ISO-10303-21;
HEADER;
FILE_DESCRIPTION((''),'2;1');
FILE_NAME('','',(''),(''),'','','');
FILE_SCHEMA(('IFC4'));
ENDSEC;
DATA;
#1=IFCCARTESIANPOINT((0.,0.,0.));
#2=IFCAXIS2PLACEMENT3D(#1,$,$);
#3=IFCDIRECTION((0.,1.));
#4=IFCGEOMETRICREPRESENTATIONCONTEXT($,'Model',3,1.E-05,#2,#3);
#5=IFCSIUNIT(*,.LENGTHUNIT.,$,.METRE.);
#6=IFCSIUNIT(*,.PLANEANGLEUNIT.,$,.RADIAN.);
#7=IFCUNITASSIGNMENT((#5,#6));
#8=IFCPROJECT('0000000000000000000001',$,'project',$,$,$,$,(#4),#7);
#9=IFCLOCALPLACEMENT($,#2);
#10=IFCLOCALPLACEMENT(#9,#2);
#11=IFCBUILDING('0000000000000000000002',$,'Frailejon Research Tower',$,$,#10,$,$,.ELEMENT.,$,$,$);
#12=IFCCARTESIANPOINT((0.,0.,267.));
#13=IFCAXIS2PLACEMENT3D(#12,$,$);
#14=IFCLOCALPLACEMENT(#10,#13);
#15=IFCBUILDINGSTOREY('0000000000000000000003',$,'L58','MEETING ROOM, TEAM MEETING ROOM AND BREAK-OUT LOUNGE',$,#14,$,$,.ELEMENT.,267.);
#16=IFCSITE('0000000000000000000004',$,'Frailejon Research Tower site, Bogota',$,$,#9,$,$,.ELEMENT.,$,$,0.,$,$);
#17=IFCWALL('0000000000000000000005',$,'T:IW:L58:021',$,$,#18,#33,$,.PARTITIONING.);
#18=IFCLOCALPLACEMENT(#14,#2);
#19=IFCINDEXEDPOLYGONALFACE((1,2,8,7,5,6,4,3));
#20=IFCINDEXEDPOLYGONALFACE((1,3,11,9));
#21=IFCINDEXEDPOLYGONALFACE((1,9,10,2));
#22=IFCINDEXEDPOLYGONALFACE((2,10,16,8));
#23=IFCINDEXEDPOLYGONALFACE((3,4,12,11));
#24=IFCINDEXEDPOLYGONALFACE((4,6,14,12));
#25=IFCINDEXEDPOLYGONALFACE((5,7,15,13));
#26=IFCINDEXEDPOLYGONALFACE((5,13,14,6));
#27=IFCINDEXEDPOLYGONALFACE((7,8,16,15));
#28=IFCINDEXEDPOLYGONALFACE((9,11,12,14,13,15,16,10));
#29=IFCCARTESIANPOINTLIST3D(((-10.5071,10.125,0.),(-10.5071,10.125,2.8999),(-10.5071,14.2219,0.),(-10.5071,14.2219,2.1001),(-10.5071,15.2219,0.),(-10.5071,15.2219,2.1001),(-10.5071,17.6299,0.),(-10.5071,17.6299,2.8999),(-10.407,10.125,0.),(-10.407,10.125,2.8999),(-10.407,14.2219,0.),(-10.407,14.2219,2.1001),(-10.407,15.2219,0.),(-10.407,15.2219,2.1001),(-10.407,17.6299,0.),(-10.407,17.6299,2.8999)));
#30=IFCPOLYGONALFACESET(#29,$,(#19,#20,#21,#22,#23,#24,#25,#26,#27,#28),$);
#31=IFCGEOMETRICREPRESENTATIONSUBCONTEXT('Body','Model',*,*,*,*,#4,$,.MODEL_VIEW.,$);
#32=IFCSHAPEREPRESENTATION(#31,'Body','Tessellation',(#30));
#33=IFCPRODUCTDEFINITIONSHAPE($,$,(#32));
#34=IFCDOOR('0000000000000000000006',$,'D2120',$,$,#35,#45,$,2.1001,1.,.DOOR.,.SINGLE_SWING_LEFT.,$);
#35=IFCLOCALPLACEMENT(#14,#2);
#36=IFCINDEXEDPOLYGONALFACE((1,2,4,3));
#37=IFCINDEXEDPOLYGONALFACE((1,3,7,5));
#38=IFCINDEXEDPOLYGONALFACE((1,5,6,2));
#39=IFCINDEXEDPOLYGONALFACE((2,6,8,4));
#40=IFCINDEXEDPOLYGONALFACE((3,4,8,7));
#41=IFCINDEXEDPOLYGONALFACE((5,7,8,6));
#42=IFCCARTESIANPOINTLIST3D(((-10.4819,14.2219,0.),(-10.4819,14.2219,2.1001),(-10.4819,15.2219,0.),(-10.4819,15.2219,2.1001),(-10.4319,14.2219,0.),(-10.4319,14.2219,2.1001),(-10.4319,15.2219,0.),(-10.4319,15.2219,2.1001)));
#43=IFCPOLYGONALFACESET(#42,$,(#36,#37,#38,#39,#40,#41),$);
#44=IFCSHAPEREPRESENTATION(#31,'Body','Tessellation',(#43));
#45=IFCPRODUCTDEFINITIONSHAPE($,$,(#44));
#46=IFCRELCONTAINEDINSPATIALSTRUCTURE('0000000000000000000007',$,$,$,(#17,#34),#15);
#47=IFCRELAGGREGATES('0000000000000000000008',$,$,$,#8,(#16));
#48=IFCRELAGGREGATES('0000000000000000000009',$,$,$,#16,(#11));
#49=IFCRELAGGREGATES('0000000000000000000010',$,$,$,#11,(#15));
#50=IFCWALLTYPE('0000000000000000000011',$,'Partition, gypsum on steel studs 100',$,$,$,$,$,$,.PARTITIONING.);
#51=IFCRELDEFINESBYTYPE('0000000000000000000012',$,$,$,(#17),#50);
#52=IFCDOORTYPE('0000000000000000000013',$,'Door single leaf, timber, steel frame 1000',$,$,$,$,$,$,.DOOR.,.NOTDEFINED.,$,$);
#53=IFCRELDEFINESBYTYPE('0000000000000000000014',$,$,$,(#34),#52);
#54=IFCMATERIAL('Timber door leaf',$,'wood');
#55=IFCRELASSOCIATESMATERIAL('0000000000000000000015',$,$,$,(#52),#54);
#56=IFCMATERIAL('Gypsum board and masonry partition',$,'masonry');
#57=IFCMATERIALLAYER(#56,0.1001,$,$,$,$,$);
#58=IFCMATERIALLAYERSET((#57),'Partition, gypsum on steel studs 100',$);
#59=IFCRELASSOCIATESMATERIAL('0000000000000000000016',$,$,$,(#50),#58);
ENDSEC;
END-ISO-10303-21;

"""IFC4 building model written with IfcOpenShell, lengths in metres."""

from ifc_helpers import new_model, si_unit, direction, frame, frame_2d, origin, place, context, subcontext, project, spatial, rectangle, extrude, material, layer, layer_set, type_object, element, fill, save


model = new_model("IFC4")

# Units and contexts
model_context = context("Model", 3, precision=1e-05, world=origin(), true_north=direction((0.0, 1.0)))
body_context = subcontext(model_context, "Body", "Model", "MODEL_VIEW")
ifc_project = project(units=[si_unit("LENGTHUNIT", "METRE"), si_unit("PLANEANGLEUNIT", "RADIAN")], contexts=[model_context])

# Site, building, storey
site_placement = place(None, origin())
site = spatial("IfcSite", under=ifc_project, at=site_placement, Name="Frailejon Research Tower site, Bogota", CompositionType="ELEMENT", RefElevation=0.0)
building_placement = place(site_placement, origin())
building = spatial("IfcBuilding", under=site, at=building_placement, Name="Frailejon Research Tower", CompositionType="ELEMENT")
storey_placement = place(building_placement, frame((0.0, 0.0, 267.0)))
storey = spatial("IfcBuildingStorey", under=building, at=storey_placement, Name="L58", Description="MEETING ROOM, TEAM MEETING ROOM AND BREAK-OUT LOUNGE", CompositionType="ELEMENT", Elevation=267.0)

# Shared definitions
ifc_material_1 = material(Name="Timber door leaf", Category="wood")
door_type_1 = type_object("IfcDoorType", Name="Door single leaf, timber, steel frame 1000", OperationType="NOTDEFINED", PredefinedType="DOOR", material=ifc_material_1)

# Shared definitions
ifc_material_2 = material(Name="Gypsum board and masonry partition", Category="masonry")
ifc_layer_1 = layer(ifc_material_2, 0.1001)
ifc_layer_set_1 = layer_set([ifc_layer_1], Name="Partition, gypsum on steel studs 100")
wall_type_1 = type_object("IfcWallType", Name="Partition, gypsum on steel studs 100", PredefinedType="PARTITIONING", material=ifc_layer_set_1)

# Wall, opening, door
wall_1_placement = place(storey_placement, frame((-10.457, 10.125, 0.0), z_axis=(0.0, 0.0, 1.0), x_axis=(0.0, 1.0, 0.0)))
wall_1 = element("IfcWall", 1, at=wall_1_placement, inside=storey, type_object=wall_type_1, Name="T:IW:L58:021", PredefinedType="PARTITIONING", context=body_context, shape_type="SweptSolid", body=[
    extrude(rectangle(XDim=7.5049, YDim=0.1001, at=frame_2d((3.7524, 0.0))), origin(), (0.0, 0.0, 1.0), 2.8999),
])
opening_1_placement = place(wall_1_placement, frame((4.0969, 0.0, 0.0)))
opening_1 = element("IfcOpeningElement", 2, at=opening_1_placement, cuts=wall_1, PredefinedType="OPENING", context=body_context, shape_type="SweptSolid", body=[
    extrude(rectangle(XDim=1.0, YDim=2.1001, at=frame_2d((0.5, 1.05))), frame((0.0, 0.0601, 0.0), z_axis=(0.0, -1.0, 0.0), x_axis=(1.0, 0.0, 0.0)), (0.0, 0.0, 1.0), 0.1201),
])
door_1_placement = place(opening_1_placement, origin())
door_1 = element("IfcDoor", 3, at=door_1_placement, inside=storey, type_object=door_type_1, Name="D2120", OperationType="SINGLE_SWING_LEFT", OverallHeight=2.1001, OverallWidth=1.0, PredefinedType="DOOR", context=body_context, shape_type="SweptSolid", body=[
    extrude(rectangle(XDim=1.0, YDim=2.1001, at=frame_2d((0.5, 1.05))), frame((0.0, 0.0249, 0.0), z_axis=(0.0, -1.0, 0.0), x_axis=(1.0, 0.0, 0.0)), (0.0, 0.0, 1.0), 0.05),
])
fill(opening_1, door_1)

save(model, "model.ifc")
